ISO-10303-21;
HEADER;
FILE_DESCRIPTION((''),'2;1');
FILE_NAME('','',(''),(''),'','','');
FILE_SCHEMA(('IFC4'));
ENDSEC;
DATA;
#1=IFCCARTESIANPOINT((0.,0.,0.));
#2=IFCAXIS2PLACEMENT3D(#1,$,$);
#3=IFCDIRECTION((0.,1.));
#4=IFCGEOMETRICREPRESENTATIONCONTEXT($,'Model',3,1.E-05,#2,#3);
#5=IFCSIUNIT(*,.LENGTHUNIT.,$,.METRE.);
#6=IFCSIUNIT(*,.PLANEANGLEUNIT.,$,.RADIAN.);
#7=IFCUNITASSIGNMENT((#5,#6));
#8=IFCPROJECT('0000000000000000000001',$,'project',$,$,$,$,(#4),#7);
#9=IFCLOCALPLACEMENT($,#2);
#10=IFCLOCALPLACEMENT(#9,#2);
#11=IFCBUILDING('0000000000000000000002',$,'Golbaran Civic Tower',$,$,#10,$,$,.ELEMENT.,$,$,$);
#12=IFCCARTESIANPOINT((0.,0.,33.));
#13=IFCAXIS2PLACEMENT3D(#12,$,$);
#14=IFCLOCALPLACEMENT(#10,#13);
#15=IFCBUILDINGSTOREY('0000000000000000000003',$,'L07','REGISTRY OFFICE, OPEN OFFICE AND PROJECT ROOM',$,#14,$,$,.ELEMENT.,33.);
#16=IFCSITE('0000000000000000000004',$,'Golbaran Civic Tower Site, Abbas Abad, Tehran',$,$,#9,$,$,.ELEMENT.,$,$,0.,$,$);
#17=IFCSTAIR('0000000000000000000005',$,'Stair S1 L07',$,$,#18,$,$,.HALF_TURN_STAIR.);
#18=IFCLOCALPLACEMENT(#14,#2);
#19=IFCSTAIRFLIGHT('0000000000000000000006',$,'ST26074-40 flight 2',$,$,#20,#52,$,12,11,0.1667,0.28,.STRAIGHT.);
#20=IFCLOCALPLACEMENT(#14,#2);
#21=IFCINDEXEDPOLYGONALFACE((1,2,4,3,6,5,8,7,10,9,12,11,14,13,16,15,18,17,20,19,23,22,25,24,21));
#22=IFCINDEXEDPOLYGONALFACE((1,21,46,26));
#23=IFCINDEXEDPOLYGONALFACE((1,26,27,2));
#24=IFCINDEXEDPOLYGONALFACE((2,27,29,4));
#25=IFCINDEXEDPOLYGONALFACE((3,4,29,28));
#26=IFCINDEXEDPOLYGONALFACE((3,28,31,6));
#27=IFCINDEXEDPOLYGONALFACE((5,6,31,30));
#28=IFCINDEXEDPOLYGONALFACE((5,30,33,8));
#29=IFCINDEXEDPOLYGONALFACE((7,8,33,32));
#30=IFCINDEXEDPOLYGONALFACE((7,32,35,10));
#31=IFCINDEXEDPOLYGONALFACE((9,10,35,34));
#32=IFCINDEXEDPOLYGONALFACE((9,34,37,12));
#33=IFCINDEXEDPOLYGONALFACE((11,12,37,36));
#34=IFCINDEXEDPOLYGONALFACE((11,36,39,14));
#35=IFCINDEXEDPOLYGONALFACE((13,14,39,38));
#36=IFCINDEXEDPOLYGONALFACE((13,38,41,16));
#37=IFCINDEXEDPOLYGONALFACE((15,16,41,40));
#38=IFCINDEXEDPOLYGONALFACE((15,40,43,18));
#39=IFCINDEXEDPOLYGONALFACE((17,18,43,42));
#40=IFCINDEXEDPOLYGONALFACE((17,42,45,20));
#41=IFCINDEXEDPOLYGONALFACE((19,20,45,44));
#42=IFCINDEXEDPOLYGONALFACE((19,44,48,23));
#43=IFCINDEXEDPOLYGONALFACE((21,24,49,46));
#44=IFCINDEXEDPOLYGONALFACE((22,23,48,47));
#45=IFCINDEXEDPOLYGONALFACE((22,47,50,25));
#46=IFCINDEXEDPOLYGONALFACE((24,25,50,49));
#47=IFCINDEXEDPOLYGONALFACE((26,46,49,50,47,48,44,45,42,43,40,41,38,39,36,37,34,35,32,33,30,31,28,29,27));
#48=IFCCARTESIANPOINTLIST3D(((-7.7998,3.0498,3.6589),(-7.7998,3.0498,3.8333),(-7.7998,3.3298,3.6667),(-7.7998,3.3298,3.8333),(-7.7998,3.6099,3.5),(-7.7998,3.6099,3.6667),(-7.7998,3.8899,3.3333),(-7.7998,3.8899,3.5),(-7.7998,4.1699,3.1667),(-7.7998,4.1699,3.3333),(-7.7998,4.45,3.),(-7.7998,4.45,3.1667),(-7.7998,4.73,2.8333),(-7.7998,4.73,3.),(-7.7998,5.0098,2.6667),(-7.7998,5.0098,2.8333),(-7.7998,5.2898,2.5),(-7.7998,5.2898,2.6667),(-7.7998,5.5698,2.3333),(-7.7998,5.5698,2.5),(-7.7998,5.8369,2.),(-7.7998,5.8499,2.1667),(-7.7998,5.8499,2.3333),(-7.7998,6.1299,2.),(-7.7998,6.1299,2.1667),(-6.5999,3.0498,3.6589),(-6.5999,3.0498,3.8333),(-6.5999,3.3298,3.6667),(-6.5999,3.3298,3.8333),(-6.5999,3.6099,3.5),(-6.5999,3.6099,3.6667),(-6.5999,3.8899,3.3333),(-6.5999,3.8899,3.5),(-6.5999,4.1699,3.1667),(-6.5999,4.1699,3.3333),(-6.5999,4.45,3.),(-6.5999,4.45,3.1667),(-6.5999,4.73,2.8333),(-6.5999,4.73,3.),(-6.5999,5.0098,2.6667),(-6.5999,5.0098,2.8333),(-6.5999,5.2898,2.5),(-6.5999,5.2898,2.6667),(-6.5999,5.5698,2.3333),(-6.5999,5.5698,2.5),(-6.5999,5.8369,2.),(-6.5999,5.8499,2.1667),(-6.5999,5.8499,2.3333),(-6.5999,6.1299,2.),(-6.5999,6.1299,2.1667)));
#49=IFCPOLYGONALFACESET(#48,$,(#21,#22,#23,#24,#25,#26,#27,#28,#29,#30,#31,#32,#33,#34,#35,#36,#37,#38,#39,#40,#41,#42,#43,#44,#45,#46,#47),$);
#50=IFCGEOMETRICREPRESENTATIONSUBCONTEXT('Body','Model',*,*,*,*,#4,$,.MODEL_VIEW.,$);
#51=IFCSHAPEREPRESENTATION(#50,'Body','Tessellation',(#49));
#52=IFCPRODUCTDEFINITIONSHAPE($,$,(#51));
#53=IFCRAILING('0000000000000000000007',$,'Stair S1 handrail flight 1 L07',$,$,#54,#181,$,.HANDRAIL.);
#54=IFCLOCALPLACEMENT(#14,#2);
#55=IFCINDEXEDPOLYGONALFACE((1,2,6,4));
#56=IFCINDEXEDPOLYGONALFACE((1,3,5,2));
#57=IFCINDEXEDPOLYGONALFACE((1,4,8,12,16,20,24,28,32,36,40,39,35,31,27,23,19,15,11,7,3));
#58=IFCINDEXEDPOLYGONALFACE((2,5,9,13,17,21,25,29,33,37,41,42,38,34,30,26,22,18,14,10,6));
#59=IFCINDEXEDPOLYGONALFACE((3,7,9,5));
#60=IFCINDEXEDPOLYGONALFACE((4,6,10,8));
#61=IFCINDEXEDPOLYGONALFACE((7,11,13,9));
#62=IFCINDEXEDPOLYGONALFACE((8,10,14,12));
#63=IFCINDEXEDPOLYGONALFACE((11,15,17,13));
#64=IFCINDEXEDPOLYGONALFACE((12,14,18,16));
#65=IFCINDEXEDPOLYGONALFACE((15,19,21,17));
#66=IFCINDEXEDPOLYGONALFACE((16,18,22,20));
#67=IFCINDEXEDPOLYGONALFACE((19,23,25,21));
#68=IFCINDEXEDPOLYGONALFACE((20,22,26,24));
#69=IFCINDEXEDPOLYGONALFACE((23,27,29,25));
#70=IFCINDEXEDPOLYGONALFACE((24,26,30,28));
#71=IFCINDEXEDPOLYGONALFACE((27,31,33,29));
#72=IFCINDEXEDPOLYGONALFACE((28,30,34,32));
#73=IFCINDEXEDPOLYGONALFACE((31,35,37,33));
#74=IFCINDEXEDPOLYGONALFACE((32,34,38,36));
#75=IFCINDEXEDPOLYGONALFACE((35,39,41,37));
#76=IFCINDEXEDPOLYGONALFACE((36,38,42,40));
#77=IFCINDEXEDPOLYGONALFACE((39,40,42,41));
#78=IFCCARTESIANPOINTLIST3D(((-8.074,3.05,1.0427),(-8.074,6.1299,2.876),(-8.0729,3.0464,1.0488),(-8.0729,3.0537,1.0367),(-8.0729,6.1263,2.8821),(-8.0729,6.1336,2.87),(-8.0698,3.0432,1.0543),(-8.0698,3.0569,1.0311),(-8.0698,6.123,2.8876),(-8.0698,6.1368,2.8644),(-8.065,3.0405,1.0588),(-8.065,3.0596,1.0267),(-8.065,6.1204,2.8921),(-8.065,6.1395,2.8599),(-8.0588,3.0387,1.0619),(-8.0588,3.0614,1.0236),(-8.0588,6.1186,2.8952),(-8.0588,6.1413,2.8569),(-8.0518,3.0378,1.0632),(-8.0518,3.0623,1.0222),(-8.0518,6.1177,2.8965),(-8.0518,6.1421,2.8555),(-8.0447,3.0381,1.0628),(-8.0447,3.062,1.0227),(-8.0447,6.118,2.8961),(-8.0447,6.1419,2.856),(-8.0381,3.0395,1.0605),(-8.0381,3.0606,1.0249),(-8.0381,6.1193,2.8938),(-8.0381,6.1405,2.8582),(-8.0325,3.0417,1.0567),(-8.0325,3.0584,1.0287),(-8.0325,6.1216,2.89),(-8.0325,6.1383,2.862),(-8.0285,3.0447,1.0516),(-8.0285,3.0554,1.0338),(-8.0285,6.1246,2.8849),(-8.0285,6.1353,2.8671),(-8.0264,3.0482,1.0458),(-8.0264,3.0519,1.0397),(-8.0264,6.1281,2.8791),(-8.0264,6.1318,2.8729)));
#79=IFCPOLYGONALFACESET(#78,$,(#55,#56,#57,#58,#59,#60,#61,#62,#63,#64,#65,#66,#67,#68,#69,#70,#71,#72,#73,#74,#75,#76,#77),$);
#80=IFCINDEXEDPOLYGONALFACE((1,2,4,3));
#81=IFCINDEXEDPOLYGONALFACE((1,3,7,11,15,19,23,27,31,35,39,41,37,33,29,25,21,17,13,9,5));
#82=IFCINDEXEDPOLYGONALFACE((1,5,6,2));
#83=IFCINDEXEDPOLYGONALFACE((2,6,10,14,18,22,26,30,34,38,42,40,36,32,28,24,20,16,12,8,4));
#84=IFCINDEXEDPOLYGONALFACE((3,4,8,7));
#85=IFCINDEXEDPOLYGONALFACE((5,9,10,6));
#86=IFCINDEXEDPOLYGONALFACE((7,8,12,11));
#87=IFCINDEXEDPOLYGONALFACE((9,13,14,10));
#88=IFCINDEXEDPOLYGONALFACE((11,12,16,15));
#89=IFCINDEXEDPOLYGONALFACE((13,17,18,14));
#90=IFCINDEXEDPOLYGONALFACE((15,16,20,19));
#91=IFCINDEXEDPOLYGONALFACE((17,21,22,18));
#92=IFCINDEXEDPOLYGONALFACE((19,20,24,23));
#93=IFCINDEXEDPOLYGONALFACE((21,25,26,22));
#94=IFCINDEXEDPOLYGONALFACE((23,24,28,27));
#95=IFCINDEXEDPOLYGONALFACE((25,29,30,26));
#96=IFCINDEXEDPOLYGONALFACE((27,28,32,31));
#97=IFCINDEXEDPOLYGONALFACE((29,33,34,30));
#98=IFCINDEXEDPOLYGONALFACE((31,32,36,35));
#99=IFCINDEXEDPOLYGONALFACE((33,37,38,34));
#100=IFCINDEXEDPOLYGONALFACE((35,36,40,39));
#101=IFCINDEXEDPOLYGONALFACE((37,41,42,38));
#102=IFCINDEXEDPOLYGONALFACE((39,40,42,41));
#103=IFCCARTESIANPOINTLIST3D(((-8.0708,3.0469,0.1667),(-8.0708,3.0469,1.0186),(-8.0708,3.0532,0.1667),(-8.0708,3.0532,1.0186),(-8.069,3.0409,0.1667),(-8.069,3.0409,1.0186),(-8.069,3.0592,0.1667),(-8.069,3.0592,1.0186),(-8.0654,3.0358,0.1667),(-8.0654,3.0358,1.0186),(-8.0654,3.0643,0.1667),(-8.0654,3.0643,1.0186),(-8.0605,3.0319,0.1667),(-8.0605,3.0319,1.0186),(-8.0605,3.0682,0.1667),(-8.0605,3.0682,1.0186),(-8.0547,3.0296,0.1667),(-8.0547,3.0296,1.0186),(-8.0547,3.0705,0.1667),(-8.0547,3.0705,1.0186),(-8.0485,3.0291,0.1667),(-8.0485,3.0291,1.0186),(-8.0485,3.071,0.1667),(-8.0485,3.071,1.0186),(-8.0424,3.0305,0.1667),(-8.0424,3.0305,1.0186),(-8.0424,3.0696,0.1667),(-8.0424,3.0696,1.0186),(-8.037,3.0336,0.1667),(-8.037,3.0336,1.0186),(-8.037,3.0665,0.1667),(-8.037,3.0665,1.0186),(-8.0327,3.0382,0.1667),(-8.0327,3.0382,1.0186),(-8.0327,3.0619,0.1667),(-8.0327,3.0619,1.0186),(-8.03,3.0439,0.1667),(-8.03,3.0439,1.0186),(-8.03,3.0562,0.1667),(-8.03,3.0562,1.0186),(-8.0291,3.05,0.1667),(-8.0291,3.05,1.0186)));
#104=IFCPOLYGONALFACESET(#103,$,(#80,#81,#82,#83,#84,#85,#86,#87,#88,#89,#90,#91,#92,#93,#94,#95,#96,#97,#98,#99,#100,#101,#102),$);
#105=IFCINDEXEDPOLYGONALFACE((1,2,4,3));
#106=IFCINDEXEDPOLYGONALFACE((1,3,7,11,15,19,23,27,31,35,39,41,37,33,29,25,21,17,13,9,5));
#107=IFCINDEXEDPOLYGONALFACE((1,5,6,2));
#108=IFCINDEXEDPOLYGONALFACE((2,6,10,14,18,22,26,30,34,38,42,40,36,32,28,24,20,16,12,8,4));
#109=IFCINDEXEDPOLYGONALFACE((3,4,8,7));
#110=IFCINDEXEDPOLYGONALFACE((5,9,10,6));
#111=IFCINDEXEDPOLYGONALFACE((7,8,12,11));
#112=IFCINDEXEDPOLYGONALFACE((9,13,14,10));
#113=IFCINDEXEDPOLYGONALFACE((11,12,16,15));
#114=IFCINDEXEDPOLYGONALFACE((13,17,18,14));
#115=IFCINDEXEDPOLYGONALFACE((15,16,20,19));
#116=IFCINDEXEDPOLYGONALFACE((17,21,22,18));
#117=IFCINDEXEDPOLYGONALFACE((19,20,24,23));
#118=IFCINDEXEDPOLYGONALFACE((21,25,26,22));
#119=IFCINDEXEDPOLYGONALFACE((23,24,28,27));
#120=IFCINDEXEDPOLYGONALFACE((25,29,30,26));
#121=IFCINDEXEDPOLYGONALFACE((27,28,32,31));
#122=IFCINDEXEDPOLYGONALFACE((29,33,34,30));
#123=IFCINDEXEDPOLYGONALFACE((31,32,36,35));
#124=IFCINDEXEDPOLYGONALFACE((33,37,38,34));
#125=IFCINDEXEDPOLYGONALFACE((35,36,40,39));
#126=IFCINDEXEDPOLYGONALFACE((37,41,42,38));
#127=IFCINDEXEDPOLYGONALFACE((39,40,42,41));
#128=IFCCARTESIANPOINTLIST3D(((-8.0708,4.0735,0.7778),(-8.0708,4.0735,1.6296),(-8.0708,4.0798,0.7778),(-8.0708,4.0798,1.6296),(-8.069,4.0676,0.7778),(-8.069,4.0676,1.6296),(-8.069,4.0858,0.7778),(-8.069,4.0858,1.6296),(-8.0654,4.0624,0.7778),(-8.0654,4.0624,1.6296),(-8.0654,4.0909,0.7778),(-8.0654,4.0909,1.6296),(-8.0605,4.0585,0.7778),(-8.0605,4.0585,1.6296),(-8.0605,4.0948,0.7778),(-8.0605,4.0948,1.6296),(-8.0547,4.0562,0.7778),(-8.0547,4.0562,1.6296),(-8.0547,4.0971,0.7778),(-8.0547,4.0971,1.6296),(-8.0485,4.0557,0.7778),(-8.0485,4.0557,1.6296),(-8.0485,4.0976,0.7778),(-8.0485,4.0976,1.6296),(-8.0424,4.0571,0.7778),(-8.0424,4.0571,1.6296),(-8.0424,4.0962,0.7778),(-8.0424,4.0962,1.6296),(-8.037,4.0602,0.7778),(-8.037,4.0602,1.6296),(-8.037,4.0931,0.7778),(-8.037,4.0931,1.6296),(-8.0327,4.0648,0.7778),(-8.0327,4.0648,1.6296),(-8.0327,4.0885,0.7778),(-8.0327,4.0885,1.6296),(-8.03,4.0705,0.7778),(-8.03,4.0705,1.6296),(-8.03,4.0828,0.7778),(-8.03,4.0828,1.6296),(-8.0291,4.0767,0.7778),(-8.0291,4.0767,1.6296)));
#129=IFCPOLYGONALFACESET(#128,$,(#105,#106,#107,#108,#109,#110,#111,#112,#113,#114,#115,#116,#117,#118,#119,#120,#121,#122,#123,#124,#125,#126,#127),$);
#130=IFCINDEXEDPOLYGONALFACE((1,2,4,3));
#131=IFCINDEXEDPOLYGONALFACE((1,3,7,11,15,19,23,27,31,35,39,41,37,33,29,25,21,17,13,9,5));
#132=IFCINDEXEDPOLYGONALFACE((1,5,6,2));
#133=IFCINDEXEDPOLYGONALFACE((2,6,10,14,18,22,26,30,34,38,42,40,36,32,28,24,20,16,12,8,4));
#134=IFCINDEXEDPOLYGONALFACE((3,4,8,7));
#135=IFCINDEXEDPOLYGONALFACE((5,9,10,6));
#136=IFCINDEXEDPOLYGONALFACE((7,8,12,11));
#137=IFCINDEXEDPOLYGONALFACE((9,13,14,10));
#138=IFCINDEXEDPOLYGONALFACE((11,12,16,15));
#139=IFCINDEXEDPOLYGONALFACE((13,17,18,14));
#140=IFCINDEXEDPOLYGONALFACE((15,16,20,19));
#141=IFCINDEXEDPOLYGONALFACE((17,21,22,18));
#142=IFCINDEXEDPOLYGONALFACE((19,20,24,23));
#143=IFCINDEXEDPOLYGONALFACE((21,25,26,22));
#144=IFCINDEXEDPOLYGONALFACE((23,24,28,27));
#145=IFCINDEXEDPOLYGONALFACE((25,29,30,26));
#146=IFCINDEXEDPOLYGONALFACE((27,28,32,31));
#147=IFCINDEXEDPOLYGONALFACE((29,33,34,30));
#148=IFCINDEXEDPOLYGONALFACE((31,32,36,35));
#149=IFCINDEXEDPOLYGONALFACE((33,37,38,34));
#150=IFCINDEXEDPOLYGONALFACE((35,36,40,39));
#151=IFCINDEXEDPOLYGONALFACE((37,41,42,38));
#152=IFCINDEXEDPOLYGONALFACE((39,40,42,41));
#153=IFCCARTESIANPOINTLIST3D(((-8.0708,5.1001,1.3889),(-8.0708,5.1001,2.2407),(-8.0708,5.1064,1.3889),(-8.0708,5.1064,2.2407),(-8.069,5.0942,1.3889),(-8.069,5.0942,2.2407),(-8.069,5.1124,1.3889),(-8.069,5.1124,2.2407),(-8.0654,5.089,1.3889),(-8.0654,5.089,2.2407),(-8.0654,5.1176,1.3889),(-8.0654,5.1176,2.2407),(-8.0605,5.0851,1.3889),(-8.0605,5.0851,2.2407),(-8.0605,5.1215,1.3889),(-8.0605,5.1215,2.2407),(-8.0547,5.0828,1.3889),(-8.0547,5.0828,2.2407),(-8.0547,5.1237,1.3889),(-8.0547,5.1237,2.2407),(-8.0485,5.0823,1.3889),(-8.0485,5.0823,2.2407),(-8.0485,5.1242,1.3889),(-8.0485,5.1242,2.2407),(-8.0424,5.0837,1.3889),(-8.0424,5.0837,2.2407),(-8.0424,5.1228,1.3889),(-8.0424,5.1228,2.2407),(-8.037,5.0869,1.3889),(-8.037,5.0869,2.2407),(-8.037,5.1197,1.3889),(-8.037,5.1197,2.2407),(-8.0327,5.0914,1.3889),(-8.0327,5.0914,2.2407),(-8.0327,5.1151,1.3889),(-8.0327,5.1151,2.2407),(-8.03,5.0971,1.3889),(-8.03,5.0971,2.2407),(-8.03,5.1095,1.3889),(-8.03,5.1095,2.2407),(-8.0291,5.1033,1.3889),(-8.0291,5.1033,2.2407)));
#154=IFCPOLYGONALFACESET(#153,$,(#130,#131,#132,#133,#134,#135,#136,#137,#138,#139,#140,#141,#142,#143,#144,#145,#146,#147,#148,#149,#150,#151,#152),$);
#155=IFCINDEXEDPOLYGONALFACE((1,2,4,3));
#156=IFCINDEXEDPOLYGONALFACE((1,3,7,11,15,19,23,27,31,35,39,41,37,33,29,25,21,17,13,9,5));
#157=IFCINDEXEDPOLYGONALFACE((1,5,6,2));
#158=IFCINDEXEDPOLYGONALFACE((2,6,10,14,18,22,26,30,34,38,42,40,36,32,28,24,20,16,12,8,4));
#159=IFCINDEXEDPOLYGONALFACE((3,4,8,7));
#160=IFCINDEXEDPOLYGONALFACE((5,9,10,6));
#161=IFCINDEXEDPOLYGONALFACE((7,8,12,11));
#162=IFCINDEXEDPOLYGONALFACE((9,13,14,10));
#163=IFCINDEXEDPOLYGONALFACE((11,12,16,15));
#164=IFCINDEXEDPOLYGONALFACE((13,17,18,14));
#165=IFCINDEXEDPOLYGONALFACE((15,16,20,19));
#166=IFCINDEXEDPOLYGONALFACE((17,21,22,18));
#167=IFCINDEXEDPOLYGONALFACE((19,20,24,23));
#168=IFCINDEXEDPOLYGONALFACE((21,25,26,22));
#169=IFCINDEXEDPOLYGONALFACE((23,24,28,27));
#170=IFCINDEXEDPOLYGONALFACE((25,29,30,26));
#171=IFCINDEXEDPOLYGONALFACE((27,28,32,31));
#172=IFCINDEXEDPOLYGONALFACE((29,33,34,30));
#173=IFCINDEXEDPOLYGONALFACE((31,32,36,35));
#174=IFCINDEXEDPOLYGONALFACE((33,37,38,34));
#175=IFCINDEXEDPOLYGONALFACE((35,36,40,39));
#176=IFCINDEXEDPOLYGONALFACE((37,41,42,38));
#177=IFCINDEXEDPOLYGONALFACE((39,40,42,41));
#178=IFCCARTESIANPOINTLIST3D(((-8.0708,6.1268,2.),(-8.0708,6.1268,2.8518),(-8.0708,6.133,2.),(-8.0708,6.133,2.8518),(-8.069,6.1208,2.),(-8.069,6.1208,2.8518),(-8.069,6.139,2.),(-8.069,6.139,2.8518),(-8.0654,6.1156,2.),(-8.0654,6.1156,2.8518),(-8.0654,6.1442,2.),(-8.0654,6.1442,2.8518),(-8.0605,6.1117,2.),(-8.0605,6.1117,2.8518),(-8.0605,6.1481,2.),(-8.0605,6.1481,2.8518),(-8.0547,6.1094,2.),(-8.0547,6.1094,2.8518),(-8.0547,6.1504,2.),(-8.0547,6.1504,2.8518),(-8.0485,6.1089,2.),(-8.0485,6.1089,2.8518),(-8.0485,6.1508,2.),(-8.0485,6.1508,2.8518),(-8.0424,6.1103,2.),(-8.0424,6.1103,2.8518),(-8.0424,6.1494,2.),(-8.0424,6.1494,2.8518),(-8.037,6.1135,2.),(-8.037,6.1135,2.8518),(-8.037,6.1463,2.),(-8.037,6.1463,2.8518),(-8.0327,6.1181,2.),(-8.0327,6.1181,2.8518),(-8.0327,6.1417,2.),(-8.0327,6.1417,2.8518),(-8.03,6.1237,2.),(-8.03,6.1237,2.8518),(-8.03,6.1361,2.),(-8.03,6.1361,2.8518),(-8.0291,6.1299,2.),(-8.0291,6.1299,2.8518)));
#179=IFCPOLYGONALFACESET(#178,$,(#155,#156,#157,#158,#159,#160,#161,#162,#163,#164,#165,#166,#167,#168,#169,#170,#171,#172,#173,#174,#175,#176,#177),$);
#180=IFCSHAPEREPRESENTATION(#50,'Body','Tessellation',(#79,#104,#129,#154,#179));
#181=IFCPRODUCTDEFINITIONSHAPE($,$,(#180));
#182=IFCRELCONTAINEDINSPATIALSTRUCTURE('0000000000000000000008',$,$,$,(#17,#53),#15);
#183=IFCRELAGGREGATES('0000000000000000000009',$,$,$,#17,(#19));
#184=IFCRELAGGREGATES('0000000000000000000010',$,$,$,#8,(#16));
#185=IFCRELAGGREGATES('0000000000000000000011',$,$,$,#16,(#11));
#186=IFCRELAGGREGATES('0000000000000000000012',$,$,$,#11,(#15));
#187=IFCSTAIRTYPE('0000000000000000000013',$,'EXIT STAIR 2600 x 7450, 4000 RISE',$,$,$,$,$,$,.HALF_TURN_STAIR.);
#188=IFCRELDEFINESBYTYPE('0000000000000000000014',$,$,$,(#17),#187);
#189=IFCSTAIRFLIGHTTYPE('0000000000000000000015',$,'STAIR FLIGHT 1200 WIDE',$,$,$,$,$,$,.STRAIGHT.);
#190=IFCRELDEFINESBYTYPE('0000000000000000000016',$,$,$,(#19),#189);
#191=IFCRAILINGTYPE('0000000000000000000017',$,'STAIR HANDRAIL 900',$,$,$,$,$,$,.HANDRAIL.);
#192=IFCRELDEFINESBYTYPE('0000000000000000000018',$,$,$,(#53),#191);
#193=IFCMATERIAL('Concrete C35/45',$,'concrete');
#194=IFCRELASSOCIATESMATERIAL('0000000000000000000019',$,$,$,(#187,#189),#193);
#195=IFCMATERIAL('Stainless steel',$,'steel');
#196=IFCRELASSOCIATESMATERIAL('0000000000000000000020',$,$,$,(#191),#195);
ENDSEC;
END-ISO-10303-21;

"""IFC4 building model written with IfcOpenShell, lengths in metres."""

from ifc_helpers import new_model, si_unit, direction, frame, origin, origin_2d, place, context, subcontext, project, spatial, polyline, circle, outline, extrude, material, type_object, element, aggregate, save


model = new_model("IFC4")

# Units and contexts
model_context = context("Model", 3, precision=1e-05, world=origin(), true_north=direction((0.0, 1.0)))
body_context = subcontext(model_context, "Body", "Model", "MODEL_VIEW")
ifc_project = project(units=[si_unit("LENGTHUNIT", "METRE"), si_unit("PLANEANGLEUNIT", "RADIAN")], contexts=[model_context])

# Site, building, storey
site_placement = place(None, origin())
site = spatial("IfcSite", under=ifc_project, at=site_placement, Name="Golbaran Civic Tower Site, Abbas Abad, Tehran", CompositionType="ELEMENT", RefElevation=0.0)
building_placement = place(site_placement, origin())
building = spatial("IfcBuilding", under=site, at=building_placement, Name="Golbaran Civic Tower", CompositionType="ELEMENT")
storey_placement = place(building_placement, frame((0.0, 0.0, 33.0)))
storey = spatial("IfcBuildingStorey", under=building, at=storey_placement, Name="L07", Description="REGISTRY OFFICE, OPEN OFFICE AND PROJECT ROOM", CompositionType="ELEMENT", Elevation=33.0)

# Shared definitions
ifc_material_1 = material(Name="Concrete C35/45", Category="concrete")

# Shared definitions
ifc_material_2 = material(Name="Stainless steel", Category="steel")

# Stair, stair flight
stair_type = type_object("IfcStairType", Name="EXIT STAIR 2600 x 7450, 4000 RISE", PredefinedType="HALF_TURN_STAIR", material=ifc_material_1)
stair_placement = place(storey_placement, origin())
stair = element("IfcStair", 1, at=stair_placement, inside=storey, type_object=stair_type, Name="Stair S1 L07", PredefinedType="HALF_TURN_STAIR")
stair_flight_type = type_object("IfcStairFlightType", Name="STAIR FLIGHT 1200 WIDE", PredefinedType="STRAIGHT", material=ifc_material_1)
stair_flight_1_placement = place(storey_placement, frame((-7.2, 6.1299, 2.0), z_axis=(0.0, 0.0, 1.0), x_axis=(0.0, -1.0, 0.0)))
stair_flight_1 = element("IfcStairFlight", 2, at=stair_flight_1_placement, type_object=stair_flight_type, Name="ST26074-40 flight 2", NumberOfRisers=12, NumberOfTreads=11, PredefinedType="STRAIGHT", RiserHeight=0.1667, TreadLength=0.28, context=body_context, shape_type="SweptSolid", body=[
    extrude(outline(polyline([(0.0, 0.0), (0.0, 0.1667), (0.28, 0.1667), (0.28, 0.3333), (0.5601, 0.3333), (0.5601, 0.5), (0.8401, 0.5), (0.8401, 0.6667), (1.1201, 0.6667), (1.1201, 0.8333), (1.3999, 0.8333), (1.3999, 1.0), (1.6799, 1.0), (1.6799, 1.1667), (1.96, 1.1667), (1.96, 1.3333), (2.24, 1.3333), (2.24, 1.5), (2.52, 1.5), (2.52, 1.6667), (2.8, 1.6667), (2.8, 1.8333), (3.0801, 1.8333), (3.0801, 2.0), (3.0801, 1.6589), (0.293, 0.0), (0.0, 0.0)])), frame((0.0, 0.6001, 0.0), z_axis=(0.0, -1.0, 0.0), x_axis=(1.0, 0.0, 0.0)), (0.0, 0.0, 1.0), 1.2),
])
aggregate(stair, [stair_flight_1])

# Railing
railing_type = type_object("IfcRailingType", Name="STAIR HANDRAIL 900", PredefinedType="HANDRAIL", material=ifc_material_2)
railing_1_placement = place(storey_placement, frame((-8.05, 3.05, 0.1667)))
element("IfcRailing", 3, at=railing_1_placement, inside=storey, type_object=railing_type, Name="Stair S1 handrail flight 1 L07", PredefinedType="HANDRAIL", context=body_context, shape_type="SweptSolid", body=[
    extrude(circle(Radius=0.0239, at=origin_2d()), frame((0.0, 0.0, 0.876), z_axis=(0.0, 0.859291, 0.511487), x_axis=(-1.0, 0.0, 0.0)), (0.0, 0.0, 1.0), 3.5842),
    extrude(circle(Radius=0.021, at=origin_2d()), origin(), (0.0, 0.0, 1.0), 0.8518),
    extrude(circle(Radius=0.021, at=origin_2d()), frame((0.0, 1.0266, 0.6111)), (0.0, 0.0, 1.0), 0.8518),
    extrude(circle(Radius=0.021, at=origin_2d()), frame((0.0, 2.0532, 1.2222)), (0.0, 0.0, 1.0), 0.8518),
    extrude(circle(Radius=0.021, at=origin_2d()), frame((0.0, 3.0798, 1.8333)), (0.0, 0.0, 1.0), 0.8518),
])

save(model, "model.ifc")
